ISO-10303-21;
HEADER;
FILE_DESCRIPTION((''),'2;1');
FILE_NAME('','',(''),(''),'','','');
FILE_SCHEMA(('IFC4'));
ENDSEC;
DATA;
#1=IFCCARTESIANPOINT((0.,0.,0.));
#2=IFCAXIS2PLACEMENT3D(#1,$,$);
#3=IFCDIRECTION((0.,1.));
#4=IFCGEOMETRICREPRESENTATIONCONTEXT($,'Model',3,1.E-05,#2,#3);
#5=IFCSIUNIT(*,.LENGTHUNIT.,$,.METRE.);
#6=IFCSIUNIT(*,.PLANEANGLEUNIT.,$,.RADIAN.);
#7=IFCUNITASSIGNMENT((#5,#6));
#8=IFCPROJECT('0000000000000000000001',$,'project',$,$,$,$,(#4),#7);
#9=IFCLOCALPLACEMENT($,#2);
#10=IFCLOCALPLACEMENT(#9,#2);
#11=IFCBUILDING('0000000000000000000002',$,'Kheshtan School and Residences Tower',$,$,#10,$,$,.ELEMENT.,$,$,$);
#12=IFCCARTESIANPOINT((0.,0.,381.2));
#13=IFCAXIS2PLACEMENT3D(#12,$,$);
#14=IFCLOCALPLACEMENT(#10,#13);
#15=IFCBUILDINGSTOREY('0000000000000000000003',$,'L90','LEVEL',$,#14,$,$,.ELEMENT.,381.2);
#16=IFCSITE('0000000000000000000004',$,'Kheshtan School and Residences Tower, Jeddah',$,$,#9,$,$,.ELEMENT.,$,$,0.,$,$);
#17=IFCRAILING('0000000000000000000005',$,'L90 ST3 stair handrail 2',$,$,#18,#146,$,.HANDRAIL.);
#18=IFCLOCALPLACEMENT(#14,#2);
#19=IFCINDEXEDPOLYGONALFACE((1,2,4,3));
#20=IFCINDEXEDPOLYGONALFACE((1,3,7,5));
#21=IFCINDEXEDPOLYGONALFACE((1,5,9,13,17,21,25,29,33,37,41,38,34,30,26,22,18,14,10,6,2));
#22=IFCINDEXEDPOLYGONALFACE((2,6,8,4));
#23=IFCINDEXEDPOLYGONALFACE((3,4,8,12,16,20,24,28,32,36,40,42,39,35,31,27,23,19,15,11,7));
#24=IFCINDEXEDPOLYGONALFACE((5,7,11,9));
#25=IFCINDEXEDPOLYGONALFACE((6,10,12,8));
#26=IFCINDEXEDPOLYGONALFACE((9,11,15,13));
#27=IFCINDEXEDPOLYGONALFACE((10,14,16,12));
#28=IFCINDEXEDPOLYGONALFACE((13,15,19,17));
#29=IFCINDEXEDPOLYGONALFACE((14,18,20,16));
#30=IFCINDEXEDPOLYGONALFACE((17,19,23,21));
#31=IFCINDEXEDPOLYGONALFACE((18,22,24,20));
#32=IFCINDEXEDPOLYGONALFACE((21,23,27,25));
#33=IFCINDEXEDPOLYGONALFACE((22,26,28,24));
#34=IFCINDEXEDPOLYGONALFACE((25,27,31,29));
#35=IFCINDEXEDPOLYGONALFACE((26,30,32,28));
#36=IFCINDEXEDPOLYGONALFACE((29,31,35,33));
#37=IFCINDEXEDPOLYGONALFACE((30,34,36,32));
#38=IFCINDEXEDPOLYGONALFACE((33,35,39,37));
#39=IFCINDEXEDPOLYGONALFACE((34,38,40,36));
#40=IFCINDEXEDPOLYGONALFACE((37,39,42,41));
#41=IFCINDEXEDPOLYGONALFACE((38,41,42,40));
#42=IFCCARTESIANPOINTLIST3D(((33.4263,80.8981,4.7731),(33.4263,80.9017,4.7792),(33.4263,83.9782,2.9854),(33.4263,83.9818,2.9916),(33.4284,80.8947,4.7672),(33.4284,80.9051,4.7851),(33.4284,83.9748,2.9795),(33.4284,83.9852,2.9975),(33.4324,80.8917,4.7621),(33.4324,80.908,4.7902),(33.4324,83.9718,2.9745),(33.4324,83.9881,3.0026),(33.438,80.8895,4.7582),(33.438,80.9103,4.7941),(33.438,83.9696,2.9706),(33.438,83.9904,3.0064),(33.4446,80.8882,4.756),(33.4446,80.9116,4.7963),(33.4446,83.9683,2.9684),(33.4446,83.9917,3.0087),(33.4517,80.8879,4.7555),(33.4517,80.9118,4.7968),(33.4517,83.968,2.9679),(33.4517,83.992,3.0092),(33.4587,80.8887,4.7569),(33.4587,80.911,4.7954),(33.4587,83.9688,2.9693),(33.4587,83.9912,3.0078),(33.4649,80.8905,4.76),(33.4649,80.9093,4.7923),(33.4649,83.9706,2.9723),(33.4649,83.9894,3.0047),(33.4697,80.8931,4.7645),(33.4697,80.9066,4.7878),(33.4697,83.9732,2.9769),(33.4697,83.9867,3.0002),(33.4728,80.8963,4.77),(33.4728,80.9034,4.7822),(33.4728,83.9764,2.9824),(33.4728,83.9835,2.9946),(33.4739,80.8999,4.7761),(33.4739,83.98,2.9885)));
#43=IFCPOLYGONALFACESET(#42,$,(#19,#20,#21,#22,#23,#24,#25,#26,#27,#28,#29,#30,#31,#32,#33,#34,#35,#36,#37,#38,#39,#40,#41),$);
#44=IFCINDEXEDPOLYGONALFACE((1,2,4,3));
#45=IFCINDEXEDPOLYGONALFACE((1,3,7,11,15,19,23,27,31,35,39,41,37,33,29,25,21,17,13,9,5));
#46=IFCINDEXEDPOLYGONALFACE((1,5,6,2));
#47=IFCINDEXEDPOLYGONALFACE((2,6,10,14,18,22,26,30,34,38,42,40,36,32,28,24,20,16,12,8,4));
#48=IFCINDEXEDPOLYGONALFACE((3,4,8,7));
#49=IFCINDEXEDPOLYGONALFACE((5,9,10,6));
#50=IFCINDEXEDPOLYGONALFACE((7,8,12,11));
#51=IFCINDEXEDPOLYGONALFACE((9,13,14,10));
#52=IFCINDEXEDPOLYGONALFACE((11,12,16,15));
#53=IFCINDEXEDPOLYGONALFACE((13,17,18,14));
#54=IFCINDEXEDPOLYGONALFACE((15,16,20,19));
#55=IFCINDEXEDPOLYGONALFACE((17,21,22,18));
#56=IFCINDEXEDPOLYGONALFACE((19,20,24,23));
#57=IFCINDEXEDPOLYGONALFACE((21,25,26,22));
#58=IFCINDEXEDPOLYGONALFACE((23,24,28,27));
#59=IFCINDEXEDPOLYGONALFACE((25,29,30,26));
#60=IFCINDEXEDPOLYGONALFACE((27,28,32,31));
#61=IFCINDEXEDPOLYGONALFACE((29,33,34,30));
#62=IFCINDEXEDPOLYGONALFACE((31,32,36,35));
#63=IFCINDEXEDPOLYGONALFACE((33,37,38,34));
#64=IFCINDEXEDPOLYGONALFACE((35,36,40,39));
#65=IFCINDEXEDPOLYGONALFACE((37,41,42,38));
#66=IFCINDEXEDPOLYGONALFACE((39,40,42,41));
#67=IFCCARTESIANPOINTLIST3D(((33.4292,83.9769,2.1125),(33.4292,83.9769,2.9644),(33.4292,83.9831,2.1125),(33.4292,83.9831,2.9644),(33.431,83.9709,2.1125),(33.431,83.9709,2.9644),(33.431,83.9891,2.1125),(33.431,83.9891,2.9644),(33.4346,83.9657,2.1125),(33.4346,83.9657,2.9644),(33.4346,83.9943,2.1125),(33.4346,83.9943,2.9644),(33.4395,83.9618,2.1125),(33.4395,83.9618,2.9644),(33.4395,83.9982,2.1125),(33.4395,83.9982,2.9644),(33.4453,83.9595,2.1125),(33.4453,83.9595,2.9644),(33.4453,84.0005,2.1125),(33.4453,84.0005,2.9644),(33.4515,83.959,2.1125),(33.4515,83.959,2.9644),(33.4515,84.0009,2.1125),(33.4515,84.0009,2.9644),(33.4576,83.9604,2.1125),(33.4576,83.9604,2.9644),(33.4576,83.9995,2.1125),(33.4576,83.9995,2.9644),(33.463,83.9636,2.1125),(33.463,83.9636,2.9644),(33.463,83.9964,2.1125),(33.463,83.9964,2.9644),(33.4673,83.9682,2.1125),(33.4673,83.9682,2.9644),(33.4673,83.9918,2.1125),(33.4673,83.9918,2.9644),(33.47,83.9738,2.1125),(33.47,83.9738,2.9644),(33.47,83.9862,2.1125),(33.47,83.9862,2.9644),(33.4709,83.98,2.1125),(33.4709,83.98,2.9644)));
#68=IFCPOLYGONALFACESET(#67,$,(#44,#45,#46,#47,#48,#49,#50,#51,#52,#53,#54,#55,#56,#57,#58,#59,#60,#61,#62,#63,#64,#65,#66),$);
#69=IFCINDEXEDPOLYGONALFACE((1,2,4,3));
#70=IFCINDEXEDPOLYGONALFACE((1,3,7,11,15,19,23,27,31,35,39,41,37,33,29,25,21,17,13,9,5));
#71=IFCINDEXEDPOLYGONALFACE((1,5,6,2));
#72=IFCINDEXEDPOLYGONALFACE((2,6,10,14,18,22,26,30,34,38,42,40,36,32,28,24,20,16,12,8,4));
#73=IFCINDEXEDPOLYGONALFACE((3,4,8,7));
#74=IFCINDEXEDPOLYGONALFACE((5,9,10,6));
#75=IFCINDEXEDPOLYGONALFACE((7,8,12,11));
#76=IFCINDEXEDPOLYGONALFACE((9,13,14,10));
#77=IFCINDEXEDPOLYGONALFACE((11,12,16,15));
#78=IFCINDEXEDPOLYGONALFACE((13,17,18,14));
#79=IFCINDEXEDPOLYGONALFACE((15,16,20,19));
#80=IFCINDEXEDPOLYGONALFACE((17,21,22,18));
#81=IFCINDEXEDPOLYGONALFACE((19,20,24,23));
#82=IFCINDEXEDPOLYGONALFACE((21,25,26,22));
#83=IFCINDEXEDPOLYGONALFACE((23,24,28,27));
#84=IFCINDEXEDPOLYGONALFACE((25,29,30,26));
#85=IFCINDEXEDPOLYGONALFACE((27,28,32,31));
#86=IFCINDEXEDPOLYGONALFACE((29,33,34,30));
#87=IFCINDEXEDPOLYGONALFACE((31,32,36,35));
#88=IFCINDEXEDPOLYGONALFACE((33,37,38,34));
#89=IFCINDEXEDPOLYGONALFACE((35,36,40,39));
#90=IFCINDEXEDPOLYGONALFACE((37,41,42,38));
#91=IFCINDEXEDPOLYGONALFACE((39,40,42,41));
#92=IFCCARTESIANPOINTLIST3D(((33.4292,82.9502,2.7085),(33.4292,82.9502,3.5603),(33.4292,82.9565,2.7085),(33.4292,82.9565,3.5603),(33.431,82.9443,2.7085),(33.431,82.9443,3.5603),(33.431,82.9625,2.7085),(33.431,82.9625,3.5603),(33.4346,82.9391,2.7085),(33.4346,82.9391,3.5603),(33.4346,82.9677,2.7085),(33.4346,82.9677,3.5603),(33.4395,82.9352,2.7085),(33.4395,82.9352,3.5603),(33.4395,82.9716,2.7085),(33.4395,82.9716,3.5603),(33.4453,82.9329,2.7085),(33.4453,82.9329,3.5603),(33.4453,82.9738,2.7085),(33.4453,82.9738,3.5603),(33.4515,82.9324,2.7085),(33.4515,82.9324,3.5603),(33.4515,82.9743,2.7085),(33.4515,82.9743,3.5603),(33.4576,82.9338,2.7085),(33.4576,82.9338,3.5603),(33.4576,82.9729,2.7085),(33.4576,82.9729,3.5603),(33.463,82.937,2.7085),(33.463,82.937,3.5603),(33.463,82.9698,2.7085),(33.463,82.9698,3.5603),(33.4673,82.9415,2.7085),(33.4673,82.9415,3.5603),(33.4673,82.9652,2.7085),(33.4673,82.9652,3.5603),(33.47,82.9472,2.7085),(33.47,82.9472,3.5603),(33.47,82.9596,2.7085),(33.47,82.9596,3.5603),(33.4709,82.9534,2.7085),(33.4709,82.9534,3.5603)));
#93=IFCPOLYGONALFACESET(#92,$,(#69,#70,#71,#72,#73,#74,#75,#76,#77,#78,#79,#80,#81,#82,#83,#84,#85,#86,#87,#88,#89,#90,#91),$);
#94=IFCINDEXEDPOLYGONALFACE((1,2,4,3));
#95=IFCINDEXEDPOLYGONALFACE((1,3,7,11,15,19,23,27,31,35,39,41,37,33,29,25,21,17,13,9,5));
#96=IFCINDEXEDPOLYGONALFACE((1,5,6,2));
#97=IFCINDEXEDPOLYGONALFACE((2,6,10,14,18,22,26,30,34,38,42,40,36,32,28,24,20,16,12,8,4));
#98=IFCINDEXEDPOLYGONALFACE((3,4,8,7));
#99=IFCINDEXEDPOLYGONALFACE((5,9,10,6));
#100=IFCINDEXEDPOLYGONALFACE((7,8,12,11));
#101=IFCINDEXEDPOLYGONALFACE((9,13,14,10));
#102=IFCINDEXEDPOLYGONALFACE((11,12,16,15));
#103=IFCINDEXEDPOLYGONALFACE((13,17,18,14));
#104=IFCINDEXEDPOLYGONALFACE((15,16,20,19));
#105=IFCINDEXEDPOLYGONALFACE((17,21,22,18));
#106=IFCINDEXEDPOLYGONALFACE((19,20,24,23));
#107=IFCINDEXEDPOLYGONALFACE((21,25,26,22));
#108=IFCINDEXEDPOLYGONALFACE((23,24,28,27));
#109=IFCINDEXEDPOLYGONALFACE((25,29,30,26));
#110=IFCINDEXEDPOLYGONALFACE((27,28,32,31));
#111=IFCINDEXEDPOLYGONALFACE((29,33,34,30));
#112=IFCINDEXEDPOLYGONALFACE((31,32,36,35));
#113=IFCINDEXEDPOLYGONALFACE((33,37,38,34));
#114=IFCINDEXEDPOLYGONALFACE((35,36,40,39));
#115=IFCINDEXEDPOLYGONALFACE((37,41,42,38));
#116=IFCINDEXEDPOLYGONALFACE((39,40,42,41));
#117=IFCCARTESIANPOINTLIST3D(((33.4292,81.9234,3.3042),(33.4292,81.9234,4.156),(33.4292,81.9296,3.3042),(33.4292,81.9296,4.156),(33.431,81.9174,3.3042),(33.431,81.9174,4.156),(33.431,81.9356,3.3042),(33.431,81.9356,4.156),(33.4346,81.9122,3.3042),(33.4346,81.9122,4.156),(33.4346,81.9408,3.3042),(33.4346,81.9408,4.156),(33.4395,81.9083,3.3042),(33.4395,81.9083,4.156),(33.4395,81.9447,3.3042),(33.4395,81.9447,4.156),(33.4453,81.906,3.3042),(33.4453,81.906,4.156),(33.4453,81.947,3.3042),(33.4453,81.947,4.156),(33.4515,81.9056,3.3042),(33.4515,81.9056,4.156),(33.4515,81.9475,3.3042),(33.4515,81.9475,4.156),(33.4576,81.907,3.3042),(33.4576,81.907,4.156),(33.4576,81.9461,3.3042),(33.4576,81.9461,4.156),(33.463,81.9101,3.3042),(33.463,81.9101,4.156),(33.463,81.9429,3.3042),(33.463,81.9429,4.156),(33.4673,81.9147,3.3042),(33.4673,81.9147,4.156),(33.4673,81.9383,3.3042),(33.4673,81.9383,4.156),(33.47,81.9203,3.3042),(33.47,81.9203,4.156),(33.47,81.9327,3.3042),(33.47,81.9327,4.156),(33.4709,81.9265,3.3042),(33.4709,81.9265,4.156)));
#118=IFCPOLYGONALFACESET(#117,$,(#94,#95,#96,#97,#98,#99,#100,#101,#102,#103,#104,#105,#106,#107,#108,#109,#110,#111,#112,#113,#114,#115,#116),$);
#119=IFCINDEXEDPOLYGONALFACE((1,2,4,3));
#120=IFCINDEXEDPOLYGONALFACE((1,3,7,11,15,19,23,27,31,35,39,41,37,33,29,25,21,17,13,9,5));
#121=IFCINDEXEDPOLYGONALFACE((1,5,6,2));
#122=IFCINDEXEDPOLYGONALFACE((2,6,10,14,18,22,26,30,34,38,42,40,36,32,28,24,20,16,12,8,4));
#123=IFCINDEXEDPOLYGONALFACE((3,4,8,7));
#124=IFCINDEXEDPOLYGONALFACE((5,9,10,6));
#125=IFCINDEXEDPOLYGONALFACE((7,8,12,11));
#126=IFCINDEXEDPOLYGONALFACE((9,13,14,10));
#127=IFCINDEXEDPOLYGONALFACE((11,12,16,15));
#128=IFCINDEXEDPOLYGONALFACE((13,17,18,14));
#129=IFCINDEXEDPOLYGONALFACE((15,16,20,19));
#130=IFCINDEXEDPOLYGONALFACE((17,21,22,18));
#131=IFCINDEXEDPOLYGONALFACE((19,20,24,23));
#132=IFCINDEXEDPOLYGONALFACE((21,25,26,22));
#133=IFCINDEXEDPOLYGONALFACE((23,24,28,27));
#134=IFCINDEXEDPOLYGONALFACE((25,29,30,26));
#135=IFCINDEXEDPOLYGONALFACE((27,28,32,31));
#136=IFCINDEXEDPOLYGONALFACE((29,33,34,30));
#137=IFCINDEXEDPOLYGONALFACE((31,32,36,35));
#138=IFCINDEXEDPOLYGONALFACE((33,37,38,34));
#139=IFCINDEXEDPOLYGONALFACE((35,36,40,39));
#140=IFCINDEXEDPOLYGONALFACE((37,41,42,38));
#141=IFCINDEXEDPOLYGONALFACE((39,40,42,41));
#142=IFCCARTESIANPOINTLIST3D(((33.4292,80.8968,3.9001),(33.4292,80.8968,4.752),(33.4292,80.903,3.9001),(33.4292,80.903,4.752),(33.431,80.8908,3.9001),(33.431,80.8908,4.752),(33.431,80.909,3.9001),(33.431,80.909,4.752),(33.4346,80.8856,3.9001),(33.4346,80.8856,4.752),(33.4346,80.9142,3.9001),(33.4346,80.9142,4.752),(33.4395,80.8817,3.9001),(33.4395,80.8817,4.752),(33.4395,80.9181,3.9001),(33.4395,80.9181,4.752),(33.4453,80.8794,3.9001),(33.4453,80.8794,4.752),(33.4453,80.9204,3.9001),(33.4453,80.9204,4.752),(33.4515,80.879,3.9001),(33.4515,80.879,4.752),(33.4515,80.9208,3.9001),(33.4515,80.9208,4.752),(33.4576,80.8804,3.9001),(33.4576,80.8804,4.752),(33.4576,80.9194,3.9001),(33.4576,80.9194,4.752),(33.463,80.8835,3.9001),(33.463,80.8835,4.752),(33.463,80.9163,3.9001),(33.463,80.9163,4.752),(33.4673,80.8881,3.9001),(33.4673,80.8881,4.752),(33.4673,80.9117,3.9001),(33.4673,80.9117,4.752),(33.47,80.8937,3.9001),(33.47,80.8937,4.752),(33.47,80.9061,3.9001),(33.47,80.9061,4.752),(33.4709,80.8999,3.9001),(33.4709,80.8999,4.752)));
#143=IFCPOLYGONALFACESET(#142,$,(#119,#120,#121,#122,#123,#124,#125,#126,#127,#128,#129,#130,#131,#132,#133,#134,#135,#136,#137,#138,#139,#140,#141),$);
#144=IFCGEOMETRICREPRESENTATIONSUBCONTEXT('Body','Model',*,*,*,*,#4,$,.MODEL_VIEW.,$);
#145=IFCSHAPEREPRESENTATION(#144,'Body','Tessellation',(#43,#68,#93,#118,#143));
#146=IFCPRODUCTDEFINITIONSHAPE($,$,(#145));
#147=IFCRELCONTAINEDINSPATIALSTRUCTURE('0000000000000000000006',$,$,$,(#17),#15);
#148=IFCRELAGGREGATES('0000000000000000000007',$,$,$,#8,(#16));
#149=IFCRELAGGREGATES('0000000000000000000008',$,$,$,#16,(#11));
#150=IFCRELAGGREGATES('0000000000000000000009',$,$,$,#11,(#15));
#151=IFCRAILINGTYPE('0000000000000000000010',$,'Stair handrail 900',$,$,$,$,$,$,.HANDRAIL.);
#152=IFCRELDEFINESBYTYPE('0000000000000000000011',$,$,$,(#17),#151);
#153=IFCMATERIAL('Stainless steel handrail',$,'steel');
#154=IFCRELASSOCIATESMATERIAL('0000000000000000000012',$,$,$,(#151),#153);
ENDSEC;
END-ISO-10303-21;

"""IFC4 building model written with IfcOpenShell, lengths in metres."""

from ifc_helpers import new_model, si_unit, direction, frame, origin, origin_2d, place, context, subcontext, project, spatial, circle, extrude, material, type_object, element, save


model = new_model("IFC4")

# Units and contexts
model_context = context("Model", 3, precision=1e-05, world=origin(), true_north=direction((0.0, 1.0)))
body_context = subcontext(model_context, "Body", "Model", "MODEL_VIEW")
ifc_project = project(units=[si_unit("LENGTHUNIT", "METRE"), si_unit("PLANEANGLEUNIT", "RADIAN")], contexts=[model_context])

# Site, building, storey
site_placement = place(None, origin())
site = spatial("IfcSite", under=ifc_project, at=site_placement, Name="Kheshtan School and Residences Tower, Jeddah", CompositionType="ELEMENT", RefElevation=0.0)
building_placement = place(site_placement, origin())
building = spatial("IfcBuilding", under=site, at=building_placement, Name="Kheshtan School and Residences Tower", CompositionType="ELEMENT")
storey_placement = place(building_placement, frame((0.0, 0.0, 381.2)))
storey = spatial("IfcBuildingStorey", under=building, at=storey_placement, Name="L90", Description="LEVEL", CompositionType="ELEMENT", Elevation=381.2)

# Railing
ifc_material_1 = material(Name="Stainless steel handrail", Category="steel")
railing_type_1 = type_object("IfcRailingType", Name="Stair handrail 900", PredefinedType="HANDRAIL", material=ifc_material_1)
railing_1_placement = place(storey_placement, frame((33.45, 83.98, 2.1125)))
element("IfcRailing", 1, at=railing_1_placement, inside=storey, type_object=railing_type_1, Name="L90 ST3 stair handrail 2", PredefinedType="HANDRAIL", context=body_context, shape_type="SweptSolid", body=[
    extrude(circle(Radius=0.0239, at=origin_2d()), frame((0.0, 0.0, 0.876), z_axis=(0.0, -0.864891, 0.50196), x_axis=(1.0, 0.0, 0.0)), (0.0, 0.0, 1.0), 3.5613),
    extrude(circle(Radius=0.021, at=origin_2d()), origin(), (0.0, 0.0, 1.0), 0.8518),
    extrude(circle(Radius=0.021, at=origin_2d()), frame((0.0, -1.0266, 0.5959)), (0.0, 0.0, 1.0), 0.8518),
    extrude(circle(Radius=0.021, at=origin_2d()), frame((0.0, -2.0535, 1.1917)), (0.0, 0.0, 1.0), 0.8518),
    extrude(circle(Radius=0.021, at=origin_2d()), frame((0.0, -3.0801, 1.7876)), (0.0, 0.0, 1.0), 0.8518),
])

save(model, "model.ifc")
